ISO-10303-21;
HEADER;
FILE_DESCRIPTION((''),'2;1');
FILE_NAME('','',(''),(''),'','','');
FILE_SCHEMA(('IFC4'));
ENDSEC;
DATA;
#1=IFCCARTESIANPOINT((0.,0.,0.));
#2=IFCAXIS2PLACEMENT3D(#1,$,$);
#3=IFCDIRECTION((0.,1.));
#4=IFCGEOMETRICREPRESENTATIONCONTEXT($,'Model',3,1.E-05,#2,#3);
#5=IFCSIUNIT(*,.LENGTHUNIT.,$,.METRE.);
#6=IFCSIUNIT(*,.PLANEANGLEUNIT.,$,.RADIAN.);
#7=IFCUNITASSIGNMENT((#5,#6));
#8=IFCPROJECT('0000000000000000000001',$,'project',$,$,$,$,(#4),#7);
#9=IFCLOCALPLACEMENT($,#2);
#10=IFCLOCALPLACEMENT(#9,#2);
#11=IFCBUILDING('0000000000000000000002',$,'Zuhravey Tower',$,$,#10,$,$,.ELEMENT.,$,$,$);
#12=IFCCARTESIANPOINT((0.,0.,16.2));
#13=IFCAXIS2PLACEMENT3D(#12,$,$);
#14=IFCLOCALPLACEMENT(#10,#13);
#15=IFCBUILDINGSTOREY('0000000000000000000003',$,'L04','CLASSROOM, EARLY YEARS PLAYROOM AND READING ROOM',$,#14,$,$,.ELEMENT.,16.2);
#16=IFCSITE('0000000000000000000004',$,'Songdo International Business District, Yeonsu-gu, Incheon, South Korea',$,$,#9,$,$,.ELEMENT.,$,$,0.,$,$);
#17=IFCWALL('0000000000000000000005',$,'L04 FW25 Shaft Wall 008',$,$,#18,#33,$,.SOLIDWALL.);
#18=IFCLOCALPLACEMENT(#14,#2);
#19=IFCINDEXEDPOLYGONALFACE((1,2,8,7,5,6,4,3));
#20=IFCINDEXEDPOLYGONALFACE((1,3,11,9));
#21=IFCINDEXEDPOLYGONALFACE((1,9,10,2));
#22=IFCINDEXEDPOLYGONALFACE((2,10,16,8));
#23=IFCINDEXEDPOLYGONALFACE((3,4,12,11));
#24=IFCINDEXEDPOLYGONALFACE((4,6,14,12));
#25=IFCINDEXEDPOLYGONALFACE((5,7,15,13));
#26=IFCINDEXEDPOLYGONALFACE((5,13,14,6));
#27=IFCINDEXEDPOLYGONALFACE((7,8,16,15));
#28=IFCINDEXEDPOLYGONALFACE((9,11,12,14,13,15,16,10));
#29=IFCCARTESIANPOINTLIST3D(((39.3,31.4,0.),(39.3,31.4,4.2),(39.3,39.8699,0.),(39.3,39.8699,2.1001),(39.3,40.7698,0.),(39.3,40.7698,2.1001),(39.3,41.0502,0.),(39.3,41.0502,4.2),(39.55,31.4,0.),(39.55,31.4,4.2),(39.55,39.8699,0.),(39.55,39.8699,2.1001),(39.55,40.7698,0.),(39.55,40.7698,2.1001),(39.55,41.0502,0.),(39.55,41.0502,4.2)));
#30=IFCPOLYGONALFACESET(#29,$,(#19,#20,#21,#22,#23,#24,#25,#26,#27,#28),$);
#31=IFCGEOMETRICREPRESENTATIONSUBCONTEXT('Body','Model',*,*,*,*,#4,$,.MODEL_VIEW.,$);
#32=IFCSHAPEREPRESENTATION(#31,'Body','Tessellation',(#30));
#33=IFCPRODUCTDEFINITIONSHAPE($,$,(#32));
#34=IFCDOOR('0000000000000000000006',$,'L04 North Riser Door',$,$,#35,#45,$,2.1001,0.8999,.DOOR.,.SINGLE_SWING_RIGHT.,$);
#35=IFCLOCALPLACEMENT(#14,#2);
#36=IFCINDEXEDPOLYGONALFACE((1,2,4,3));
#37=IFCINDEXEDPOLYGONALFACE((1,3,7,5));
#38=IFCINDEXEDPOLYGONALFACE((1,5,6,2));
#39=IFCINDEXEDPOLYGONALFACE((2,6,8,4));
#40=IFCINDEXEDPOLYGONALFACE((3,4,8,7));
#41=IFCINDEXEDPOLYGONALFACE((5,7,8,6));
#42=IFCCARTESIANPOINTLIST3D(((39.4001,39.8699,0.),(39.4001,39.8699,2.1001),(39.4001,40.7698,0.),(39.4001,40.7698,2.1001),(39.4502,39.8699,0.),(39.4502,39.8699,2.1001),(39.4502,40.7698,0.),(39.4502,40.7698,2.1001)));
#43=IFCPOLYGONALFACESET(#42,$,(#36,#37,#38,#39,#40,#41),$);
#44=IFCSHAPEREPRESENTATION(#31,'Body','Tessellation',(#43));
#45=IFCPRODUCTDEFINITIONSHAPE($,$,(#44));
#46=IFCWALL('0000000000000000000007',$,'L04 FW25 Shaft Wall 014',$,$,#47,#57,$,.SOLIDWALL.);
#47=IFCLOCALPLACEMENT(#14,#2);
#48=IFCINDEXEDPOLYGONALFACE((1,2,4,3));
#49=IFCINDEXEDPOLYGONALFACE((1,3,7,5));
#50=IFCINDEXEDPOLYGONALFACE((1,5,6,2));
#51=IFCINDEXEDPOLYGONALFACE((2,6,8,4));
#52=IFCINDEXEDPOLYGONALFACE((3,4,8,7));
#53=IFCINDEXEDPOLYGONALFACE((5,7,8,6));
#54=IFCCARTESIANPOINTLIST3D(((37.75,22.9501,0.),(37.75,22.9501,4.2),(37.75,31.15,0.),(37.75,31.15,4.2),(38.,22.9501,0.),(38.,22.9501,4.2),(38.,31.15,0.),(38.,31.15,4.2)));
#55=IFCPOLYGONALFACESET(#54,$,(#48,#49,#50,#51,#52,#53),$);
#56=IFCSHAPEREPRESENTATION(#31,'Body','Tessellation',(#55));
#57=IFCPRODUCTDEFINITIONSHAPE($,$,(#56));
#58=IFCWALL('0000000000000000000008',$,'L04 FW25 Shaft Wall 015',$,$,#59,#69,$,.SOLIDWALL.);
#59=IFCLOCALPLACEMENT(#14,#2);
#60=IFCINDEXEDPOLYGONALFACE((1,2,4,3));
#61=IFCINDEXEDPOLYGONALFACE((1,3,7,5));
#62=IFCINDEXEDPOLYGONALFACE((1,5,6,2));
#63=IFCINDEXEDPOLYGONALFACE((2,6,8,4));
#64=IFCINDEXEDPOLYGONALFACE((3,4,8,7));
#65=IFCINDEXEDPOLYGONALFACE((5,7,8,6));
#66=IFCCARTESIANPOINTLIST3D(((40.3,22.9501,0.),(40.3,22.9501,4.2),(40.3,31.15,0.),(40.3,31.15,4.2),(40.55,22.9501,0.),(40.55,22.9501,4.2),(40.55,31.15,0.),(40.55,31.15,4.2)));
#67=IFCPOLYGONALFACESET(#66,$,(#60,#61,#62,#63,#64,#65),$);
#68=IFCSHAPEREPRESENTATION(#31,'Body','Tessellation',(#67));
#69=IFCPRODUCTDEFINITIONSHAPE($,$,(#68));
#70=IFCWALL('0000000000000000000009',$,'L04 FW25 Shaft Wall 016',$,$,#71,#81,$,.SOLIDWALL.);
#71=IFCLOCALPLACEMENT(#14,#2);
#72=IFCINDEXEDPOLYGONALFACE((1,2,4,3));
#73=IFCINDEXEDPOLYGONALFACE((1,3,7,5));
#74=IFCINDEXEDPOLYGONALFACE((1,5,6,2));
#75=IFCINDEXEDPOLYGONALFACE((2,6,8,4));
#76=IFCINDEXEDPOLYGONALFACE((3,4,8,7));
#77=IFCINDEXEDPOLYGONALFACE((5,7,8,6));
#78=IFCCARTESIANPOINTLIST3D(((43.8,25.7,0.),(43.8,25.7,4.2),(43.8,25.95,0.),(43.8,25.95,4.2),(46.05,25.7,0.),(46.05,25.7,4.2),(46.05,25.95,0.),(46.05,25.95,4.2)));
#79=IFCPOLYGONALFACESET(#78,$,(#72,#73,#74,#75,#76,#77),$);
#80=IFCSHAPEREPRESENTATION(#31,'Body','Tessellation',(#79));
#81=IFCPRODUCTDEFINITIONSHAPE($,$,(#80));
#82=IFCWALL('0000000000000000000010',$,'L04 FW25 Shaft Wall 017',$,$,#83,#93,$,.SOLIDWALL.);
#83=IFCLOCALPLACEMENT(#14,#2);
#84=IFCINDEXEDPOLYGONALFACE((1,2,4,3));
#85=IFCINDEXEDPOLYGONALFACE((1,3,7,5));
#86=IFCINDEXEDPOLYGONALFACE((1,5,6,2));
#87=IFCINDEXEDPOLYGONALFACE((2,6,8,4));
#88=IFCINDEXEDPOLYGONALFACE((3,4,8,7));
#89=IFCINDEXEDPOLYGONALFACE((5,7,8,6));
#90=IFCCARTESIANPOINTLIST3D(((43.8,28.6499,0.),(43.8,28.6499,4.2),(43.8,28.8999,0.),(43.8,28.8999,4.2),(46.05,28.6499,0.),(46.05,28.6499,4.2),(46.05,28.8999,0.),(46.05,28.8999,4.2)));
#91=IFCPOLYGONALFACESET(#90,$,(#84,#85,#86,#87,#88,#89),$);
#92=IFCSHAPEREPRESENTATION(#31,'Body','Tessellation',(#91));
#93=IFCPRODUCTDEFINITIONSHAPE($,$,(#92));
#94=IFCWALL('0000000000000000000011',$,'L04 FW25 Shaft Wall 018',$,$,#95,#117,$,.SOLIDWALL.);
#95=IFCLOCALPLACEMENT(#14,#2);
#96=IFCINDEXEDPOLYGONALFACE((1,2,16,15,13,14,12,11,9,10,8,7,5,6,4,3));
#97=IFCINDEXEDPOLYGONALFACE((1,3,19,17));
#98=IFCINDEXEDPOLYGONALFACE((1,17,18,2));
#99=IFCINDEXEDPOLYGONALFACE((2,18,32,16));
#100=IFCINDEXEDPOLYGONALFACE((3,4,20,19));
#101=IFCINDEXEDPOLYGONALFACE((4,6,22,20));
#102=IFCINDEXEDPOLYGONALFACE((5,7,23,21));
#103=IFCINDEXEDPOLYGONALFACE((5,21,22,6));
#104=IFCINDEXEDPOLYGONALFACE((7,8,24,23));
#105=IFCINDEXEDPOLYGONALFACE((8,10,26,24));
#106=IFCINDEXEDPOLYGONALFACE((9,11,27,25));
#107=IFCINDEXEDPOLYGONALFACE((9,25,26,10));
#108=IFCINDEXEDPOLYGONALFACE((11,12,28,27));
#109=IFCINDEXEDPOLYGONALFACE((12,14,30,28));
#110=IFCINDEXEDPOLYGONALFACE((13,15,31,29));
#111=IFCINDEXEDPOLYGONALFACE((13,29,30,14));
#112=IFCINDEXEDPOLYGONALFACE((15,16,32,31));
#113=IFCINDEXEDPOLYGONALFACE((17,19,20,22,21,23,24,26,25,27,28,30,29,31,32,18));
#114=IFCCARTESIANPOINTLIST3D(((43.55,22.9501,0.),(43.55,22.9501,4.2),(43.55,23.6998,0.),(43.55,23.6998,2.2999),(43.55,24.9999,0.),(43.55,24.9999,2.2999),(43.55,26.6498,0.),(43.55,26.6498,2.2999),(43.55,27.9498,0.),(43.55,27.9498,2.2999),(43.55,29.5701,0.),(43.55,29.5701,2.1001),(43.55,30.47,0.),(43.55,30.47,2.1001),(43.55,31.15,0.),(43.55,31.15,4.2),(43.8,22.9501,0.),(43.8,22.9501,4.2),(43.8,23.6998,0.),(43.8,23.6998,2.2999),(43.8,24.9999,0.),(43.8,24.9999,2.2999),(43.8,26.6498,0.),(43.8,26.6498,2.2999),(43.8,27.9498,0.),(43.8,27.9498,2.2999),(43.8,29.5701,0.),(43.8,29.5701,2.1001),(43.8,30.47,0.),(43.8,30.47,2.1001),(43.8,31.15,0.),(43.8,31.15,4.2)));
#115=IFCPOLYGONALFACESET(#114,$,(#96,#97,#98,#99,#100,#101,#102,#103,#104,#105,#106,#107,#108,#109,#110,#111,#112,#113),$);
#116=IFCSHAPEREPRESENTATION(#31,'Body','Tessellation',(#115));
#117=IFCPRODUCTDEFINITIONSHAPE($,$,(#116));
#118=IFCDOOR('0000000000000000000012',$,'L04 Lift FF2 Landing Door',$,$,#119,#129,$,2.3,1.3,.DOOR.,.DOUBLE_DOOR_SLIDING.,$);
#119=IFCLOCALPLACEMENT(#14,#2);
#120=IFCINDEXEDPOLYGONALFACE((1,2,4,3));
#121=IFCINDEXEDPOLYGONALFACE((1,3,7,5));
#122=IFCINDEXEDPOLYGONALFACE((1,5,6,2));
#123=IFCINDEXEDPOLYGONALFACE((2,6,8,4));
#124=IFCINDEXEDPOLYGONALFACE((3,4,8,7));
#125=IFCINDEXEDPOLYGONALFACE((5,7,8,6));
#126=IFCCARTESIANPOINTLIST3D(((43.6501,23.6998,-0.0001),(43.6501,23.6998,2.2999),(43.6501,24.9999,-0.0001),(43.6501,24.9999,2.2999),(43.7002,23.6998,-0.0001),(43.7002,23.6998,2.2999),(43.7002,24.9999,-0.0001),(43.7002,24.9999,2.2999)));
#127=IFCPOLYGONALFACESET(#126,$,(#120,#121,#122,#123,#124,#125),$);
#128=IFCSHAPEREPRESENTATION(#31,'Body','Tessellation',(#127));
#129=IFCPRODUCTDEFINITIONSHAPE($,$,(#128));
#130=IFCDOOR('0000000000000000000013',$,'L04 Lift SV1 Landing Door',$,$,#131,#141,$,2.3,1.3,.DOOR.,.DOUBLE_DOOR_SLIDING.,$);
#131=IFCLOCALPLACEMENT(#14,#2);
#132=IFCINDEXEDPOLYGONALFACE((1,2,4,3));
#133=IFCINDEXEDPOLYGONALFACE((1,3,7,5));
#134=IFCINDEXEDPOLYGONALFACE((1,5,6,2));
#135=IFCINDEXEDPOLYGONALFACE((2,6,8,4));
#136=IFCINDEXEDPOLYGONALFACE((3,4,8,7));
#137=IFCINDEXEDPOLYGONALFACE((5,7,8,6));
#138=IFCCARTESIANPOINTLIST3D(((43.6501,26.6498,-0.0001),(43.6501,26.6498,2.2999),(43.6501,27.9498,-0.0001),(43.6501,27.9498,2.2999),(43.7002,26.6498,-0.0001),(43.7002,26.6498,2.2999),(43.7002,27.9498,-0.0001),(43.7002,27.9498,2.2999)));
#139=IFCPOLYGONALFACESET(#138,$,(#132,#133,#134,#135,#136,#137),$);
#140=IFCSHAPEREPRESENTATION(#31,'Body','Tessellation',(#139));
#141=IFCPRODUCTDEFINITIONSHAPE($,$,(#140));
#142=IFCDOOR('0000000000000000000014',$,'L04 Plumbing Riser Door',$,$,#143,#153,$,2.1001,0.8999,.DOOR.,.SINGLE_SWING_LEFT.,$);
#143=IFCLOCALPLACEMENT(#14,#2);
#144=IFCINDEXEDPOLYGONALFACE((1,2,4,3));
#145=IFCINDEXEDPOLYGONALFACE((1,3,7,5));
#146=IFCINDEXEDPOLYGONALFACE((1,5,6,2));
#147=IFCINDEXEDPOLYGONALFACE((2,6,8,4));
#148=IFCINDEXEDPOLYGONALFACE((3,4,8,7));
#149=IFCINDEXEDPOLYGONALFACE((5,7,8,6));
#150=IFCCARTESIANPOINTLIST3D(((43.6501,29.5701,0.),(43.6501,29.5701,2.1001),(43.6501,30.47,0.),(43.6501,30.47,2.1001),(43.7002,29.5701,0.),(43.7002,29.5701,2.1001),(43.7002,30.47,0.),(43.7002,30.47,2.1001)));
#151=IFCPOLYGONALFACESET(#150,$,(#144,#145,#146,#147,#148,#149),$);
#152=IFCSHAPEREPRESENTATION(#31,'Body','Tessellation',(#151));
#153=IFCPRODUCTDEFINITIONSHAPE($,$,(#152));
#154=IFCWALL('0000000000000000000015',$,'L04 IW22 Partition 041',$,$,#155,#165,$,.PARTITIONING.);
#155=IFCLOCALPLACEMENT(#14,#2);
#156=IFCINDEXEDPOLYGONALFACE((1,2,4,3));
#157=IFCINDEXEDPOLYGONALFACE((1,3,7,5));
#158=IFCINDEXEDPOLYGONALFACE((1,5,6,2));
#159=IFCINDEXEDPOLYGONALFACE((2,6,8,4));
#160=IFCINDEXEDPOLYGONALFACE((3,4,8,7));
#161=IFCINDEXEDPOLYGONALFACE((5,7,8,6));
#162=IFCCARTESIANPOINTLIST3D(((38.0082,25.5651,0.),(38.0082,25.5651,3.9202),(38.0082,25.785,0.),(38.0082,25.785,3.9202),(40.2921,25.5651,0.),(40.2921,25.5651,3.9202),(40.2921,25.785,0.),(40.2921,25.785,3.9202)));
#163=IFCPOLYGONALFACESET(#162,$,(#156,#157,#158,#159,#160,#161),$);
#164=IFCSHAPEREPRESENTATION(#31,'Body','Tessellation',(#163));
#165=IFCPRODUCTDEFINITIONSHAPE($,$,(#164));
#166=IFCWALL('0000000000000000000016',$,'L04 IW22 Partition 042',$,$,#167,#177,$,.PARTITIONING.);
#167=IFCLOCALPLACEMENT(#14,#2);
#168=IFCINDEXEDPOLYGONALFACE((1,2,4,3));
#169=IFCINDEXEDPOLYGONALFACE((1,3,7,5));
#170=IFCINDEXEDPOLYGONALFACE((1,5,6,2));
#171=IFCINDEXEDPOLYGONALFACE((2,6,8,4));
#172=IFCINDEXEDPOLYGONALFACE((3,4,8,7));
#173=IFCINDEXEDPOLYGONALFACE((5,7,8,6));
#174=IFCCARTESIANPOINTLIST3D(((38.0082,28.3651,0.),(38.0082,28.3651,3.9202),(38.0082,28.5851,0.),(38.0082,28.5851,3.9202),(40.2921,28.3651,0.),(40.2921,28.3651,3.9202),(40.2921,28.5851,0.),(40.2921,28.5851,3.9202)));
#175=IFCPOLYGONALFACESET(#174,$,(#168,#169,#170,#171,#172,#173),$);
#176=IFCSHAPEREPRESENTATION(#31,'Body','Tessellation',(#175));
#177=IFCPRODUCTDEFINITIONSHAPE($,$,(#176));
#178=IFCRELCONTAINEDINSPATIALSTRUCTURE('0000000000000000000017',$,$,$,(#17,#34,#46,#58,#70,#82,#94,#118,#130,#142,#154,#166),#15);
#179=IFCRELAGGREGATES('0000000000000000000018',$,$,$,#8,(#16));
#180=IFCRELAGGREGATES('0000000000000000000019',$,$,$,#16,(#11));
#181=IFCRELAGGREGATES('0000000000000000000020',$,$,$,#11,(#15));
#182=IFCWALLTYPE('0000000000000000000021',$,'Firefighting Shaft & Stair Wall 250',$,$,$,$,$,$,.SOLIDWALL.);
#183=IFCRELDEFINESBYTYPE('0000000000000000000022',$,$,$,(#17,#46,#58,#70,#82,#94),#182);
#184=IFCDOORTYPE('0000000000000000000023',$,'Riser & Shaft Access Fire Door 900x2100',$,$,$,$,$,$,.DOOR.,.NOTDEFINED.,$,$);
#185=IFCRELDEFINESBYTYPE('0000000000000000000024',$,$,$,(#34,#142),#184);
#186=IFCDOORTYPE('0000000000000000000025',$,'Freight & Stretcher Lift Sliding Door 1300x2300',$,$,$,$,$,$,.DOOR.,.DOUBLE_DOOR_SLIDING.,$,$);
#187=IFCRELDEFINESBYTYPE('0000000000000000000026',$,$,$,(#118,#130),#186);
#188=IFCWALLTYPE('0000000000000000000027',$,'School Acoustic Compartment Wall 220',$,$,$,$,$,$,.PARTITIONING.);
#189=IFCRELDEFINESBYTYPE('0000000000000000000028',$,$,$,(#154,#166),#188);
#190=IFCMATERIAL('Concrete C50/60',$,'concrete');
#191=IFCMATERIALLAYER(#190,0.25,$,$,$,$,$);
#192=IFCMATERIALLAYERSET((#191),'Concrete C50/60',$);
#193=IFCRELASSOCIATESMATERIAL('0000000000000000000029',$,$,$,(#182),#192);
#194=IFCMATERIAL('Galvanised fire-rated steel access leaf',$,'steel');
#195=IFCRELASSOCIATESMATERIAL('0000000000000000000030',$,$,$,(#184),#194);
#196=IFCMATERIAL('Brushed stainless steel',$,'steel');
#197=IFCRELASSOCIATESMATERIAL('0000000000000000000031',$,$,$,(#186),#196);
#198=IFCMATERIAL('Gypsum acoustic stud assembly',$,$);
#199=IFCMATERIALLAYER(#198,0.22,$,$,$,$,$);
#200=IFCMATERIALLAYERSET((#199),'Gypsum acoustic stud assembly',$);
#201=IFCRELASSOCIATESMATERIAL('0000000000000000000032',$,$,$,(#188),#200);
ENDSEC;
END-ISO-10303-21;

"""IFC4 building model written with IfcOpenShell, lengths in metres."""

from ifc_helpers import new_model, si_unit, direction, frame, frame_2d, origin, place, context, subcontext, project, spatial, rectangle, extrude, material, layer, layer_set, type_object, element, fill, save


model = new_model("IFC4")

# Units and contexts
model_context = context("Model", 3, precision=1e-05, world=origin(), true_north=direction((0.0, 1.0)))
body_context = subcontext(model_context, "Body", "Model", "MODEL_VIEW")
ifc_project = project(units=[si_unit("LENGTHUNIT", "METRE"), si_unit("PLANEANGLEUNIT", "RADIAN")], contexts=[model_context])

# Site, building, storey
site_placement = place(None, origin())
site = spatial("IfcSite", under=ifc_project, at=site_placement, Name="Songdo International Business District, Yeonsu-gu, Incheon, South Korea", CompositionType="ELEMENT", RefElevation=0.0)
building_placement = place(site_placement, origin())
building = spatial("IfcBuilding", under=site, at=building_placement, Name="Zuhravey Tower", CompositionType="ELEMENT")
storey_placement = place(building_placement, frame((0.0, 0.0, 16.2)))
storey = spatial("IfcBuildingStorey", under=building, at=storey_placement, Name="L04", Description="CLASSROOM, EARLY YEARS PLAYROOM AND READING ROOM", CompositionType="ELEMENT", Elevation=16.2)

# Shared definitions
ifc_material_1 = material(Name="Concrete C50/60", Category="concrete")
ifc_layer_1 = layer(ifc_material_1, 0.25)
ifc_layer_set_1 = layer_set([ifc_layer_1], Name="Concrete C50/60")
wall_type_1 = type_object("IfcWallType", Name="Firefighting Shaft & Stair Wall 250", PredefinedType="SOLIDWALL", material=ifc_layer_set_1)

# Shared definitions
ifc_material_2 = material(Name="Galvanised fire-rated steel access leaf", Category="steel")
door_type_1 = type_object("IfcDoorType", Name="Riser & Shaft Access Fire Door 900x2100", OperationType="NOTDEFINED", PredefinedType="DOOR", material=ifc_material_2)

# Wall, opening, door
wall_1_placement = place(storey_placement, frame((39.425, 31.3999, 0.0), z_axis=(0.0, 0.0, 1.0), x_axis=(0.0, 1.0, 0.0)))
wall_1 = element("IfcWall", 1, at=wall_1_placement, inside=storey, type_object=wall_type_1, Name="L04 FW25 Shaft Wall 008", PredefinedType="SOLIDWALL", context=body_context, shape_type="SweptSolid", body=[
    extrude(rectangle(XDim=9.6501, YDim=0.25, at=frame_2d((4.8252, 0.0))), origin(), (0.0, 0.0, 1.0), 4.2),
])
opening_1_placement = place(wall_1_placement, frame((8.47, 0.0, 0.0)))
opening_1 = element("IfcOpeningElement", 2, at=opening_1_placement, cuts=wall_1, PredefinedType="OPENING", context=body_context, shape_type="SweptSolid", body=[
    extrude(rectangle(XDim=0.8999, YDim=2.1001, at=frame_2d((0.45, 1.05))), frame((0.0, 0.137, 0.0), z_axis=(0.0, -1.0, 0.0), x_axis=(1.0, 0.0, 0.0)), (0.0, 0.0, 1.0), 0.2739),
])
door_1_placement = place(opening_1_placement, origin())
door_1 = element("IfcDoor", 3, at=door_1_placement, inside=storey, type_object=door_type_1, Name="L04 North Riser Door", OperationType="SINGLE_SWING_RIGHT", OverallHeight=2.1001, OverallWidth=0.8999, PredefinedType="DOOR", context=body_context, shape_type="SweptSolid", body=[
    extrude(rectangle(XDim=0.8999, YDim=2.1001, at=frame_2d((0.45, 1.05))), frame((0.0, 0.0249, 0.0), z_axis=(0.0, -1.0, 0.0), x_axis=(1.0, 0.0, 0.0)), (0.0, 0.0, 1.0), 0.05),
])
fill(opening_1, door_1)

# Walls
for number, where, z_axis, x_axis, name in (
    (4, (37.875, 22.95, 0.0), (0.0, 0.0, 1.0), (0.0, 1.0, 0.0), "L04 FW25 Shaft Wall 014"),
    (5, (40.425, 22.95, 0.0), (0.0, 0.0, 1.0), (0.0, 1.0, 0.0), "L04 FW25 Shaft Wall 015"),
):
    element("IfcWall", number, at=place(storey_placement, frame(where, z_axis=z_axis, x_axis=x_axis)), inside=storey, type_object=wall_type_1, Name=name, PredefinedType="SOLIDWALL", context=body_context, shape_type="SweptSolid", body=[
        extrude(rectangle(XDim=8.2, YDim=0.25, at=frame_2d((4.1001, 0.0))), origin(), (0.0, 0.0, 1.0), 4.2),
    ])
for number, where, z_axis, x_axis, name in (
    (6, (43.8, 25.825, 0.0), (0.0, 0.0, 1.0), (1.0, 0.0, 0.0), "L04 FW25 Shaft Wall 016"),
    (7, (43.8, 28.7749, 0.0), (0.0, 0.0, 1.0), (1.0, 0.0, 0.0), "L04 FW25 Shaft Wall 017"),
):
    element("IfcWall", number, at=place(storey_placement, frame(where, z_axis=z_axis, x_axis=x_axis)), inside=storey, type_object=wall_type_1, Name=name, PredefinedType="SOLIDWALL", context=body_context, shape_type="SweptSolid", body=[
        extrude(rectangle(XDim=2.25, YDim=0.25, at=frame_2d((1.125, 0.0))), origin(), (0.0, 0.0, 1.0), 4.2),
    ])

# Wall, openings, doors
wall_2_placement = place(storey_placement, frame((43.675, 22.95, 0.0), z_axis=(0.0, 0.0, 1.0), x_axis=(0.0, 1.0, 0.0)))
wall_2 = element("IfcWall", 8, at=wall_2_placement, inside=storey, type_object=wall_type_1, Name="L04 FW25 Shaft Wall 018", PredefinedType="SOLIDWALL", context=body_context, shape_type="SweptSolid", body=[
    extrude(rectangle(XDim=8.2, YDim=0.25, at=frame_2d((4.1001, 0.0))), origin(), (0.0, 0.0, 1.0), 4.2),
])
opening_2_placement = place(wall_2_placement, frame((0.75, 0.0, 0.0)))
opening_2 = element("IfcOpeningElement", 9, at=opening_2_placement, cuts=wall_2, PredefinedType="OPENING", context=body_context, shape_type="SweptSolid", body=[
    extrude(rectangle(XDim=1.3, YDim=2.3, at=frame_2d((0.6499, 1.1499))), frame((0.0, 0.137, 0.0), z_axis=(0.0, -1.0, 0.0), x_axis=(1.0, 0.0, 0.0)), (0.0, 0.0, 1.0), 0.2739),
])
opening_3_placement = place(wall_2_placement, frame((3.7, 0.0, 0.0)))
opening_3 = element("IfcOpeningElement", 10, at=opening_3_placement, cuts=wall_2, PredefinedType="OPENING", context=body_context, shape_type="SweptSolid", body=[
    extrude(rectangle(XDim=1.3, YDim=2.3, at=frame_2d((0.6499, 1.1499))), frame((0.0, 0.137, 0.0), z_axis=(0.0, -1.0, 0.0), x_axis=(1.0, 0.0, 0.0)), (0.0, 0.0, 1.0), 0.2739),
])
opening_4_placement = place(wall_2_placement, frame((6.6201, 0.0, 0.0)))
opening_4 = element("IfcOpeningElement", 11, at=opening_4_placement, cuts=wall_2, PredefinedType="OPENING", context=body_context, shape_type="SweptSolid", body=[
    extrude(rectangle(XDim=0.8999, YDim=2.1001, at=frame_2d((0.45, 1.05))), frame((0.0, 0.137, 0.0), z_axis=(0.0, -1.0, 0.0), x_axis=(1.0, 0.0, 0.0)), (0.0, 0.0, 1.0), 0.2739),
])
ifc_material_3 = material(Name="Brushed stainless steel", Category="steel")
door_type_2 = type_object("IfcDoorType", Name="Freight & Stretcher Lift Sliding Door 1300x2300", OperationType="DOUBLE_DOOR_SLIDING", PredefinedType="DOOR", material=ifc_material_3)
door_2_placement = place(opening_2_placement, origin())
door_2 = element("IfcDoor", 12, at=door_2_placement, inside=storey, type_object=door_type_2, Name="L04 Lift FF2 Landing Door", OperationType="DOUBLE_DOOR_SLIDING", OverallHeight=2.3, OverallWidth=1.3, PredefinedType="DOOR", context=body_context, shape_type="SweptSolid", body=[
    extrude(rectangle(XDim=1.3, YDim=2.3, at=frame_2d((0.6499, 1.1499))), frame((0.0, 0.0249, 0.0), z_axis=(0.0, -1.0, 0.0), x_axis=(1.0, 0.0, 0.0)), (0.0, 0.0, 1.0), 0.05),
])
fill(opening_2, door_2)
door_3_placement = place(opening_3_placement, origin())
door_3 = element("IfcDoor", 13, at=door_3_placement, inside=storey, type_object=door_type_2, Name="L04 Lift SV1 Landing Door", OperationType="DOUBLE_DOOR_SLIDING", OverallHeight=2.3, OverallWidth=1.3, PredefinedType="DOOR", context=body_context, shape_type="SweptSolid", body=[
    extrude(rectangle(XDim=1.3, YDim=2.3, at=frame_2d((0.6499, 1.1499))), frame((0.0, 0.0249, 0.0), z_axis=(0.0, -1.0, 0.0), x_axis=(1.0, 0.0, 0.0)), (0.0, 0.0, 1.0), 0.05),
])
fill(opening_3, door_3)
door_4_placement = place(opening_4_placement, origin())
door_4 = element("IfcDoor", 14, at=door_4_placement, inside=storey, type_object=door_type_1, Name="L04 Plumbing Riser Door", OperationType="SINGLE_SWING_LEFT", OverallHeight=2.1001, OverallWidth=0.8999, PredefinedType="DOOR", context=body_context, shape_type="SweptSolid", body=[
    extrude(rectangle(XDim=0.8999, YDim=2.1001, at=frame_2d((0.45, 1.05))), frame((0.0, 0.0249, 0.0), z_axis=(0.0, -1.0, 0.0), x_axis=(1.0, 0.0, 0.0)), (0.0, 0.0, 1.0), 0.05),
])
fill(opening_4, door_4)

# Walls
ifc_material_4 = material(Name="Gypsum acoustic stud assembly")
ifc_layer_2 = layer(ifc_material_4, 0.22)
ifc_layer_set_2 = layer_set([ifc_layer_2], Name="Gypsum acoustic stud assembly")
wall_type_2 = type_object("IfcWallType", Name="School Acoustic Compartment Wall 220", PredefinedType="PARTITIONING", material=ifc_layer_set_2)
for number, where, z_axis, x_axis, name in (
    (15, (38.0081, 25.675, 0.0), (0.0, 0.0, 1.0), (1.0, 0.0, 0.0), "L04 IW22 Partition 041"),
    (16, (38.0081, 28.4751, 0.0), (0.0, 0.0, 1.0), (1.0, 0.0, 0.0), "L04 IW22 Partition 042"),
):
    element("IfcWall", number, at=place(storey_placement, frame(where, z_axis=z_axis, x_axis=x_axis)), inside=storey, type_object=wall_type_2, Name=name, PredefinedType="PARTITIONING", context=body_context, shape_type="SweptSolid", body=[
        extrude(rectangle(XDim=2.2839, YDim=0.22, at=frame_2d((1.1421, 0.0))), origin(), (0.0, 0.0, 1.0), 3.9202),
    ])

save(model, "model.ifc")
